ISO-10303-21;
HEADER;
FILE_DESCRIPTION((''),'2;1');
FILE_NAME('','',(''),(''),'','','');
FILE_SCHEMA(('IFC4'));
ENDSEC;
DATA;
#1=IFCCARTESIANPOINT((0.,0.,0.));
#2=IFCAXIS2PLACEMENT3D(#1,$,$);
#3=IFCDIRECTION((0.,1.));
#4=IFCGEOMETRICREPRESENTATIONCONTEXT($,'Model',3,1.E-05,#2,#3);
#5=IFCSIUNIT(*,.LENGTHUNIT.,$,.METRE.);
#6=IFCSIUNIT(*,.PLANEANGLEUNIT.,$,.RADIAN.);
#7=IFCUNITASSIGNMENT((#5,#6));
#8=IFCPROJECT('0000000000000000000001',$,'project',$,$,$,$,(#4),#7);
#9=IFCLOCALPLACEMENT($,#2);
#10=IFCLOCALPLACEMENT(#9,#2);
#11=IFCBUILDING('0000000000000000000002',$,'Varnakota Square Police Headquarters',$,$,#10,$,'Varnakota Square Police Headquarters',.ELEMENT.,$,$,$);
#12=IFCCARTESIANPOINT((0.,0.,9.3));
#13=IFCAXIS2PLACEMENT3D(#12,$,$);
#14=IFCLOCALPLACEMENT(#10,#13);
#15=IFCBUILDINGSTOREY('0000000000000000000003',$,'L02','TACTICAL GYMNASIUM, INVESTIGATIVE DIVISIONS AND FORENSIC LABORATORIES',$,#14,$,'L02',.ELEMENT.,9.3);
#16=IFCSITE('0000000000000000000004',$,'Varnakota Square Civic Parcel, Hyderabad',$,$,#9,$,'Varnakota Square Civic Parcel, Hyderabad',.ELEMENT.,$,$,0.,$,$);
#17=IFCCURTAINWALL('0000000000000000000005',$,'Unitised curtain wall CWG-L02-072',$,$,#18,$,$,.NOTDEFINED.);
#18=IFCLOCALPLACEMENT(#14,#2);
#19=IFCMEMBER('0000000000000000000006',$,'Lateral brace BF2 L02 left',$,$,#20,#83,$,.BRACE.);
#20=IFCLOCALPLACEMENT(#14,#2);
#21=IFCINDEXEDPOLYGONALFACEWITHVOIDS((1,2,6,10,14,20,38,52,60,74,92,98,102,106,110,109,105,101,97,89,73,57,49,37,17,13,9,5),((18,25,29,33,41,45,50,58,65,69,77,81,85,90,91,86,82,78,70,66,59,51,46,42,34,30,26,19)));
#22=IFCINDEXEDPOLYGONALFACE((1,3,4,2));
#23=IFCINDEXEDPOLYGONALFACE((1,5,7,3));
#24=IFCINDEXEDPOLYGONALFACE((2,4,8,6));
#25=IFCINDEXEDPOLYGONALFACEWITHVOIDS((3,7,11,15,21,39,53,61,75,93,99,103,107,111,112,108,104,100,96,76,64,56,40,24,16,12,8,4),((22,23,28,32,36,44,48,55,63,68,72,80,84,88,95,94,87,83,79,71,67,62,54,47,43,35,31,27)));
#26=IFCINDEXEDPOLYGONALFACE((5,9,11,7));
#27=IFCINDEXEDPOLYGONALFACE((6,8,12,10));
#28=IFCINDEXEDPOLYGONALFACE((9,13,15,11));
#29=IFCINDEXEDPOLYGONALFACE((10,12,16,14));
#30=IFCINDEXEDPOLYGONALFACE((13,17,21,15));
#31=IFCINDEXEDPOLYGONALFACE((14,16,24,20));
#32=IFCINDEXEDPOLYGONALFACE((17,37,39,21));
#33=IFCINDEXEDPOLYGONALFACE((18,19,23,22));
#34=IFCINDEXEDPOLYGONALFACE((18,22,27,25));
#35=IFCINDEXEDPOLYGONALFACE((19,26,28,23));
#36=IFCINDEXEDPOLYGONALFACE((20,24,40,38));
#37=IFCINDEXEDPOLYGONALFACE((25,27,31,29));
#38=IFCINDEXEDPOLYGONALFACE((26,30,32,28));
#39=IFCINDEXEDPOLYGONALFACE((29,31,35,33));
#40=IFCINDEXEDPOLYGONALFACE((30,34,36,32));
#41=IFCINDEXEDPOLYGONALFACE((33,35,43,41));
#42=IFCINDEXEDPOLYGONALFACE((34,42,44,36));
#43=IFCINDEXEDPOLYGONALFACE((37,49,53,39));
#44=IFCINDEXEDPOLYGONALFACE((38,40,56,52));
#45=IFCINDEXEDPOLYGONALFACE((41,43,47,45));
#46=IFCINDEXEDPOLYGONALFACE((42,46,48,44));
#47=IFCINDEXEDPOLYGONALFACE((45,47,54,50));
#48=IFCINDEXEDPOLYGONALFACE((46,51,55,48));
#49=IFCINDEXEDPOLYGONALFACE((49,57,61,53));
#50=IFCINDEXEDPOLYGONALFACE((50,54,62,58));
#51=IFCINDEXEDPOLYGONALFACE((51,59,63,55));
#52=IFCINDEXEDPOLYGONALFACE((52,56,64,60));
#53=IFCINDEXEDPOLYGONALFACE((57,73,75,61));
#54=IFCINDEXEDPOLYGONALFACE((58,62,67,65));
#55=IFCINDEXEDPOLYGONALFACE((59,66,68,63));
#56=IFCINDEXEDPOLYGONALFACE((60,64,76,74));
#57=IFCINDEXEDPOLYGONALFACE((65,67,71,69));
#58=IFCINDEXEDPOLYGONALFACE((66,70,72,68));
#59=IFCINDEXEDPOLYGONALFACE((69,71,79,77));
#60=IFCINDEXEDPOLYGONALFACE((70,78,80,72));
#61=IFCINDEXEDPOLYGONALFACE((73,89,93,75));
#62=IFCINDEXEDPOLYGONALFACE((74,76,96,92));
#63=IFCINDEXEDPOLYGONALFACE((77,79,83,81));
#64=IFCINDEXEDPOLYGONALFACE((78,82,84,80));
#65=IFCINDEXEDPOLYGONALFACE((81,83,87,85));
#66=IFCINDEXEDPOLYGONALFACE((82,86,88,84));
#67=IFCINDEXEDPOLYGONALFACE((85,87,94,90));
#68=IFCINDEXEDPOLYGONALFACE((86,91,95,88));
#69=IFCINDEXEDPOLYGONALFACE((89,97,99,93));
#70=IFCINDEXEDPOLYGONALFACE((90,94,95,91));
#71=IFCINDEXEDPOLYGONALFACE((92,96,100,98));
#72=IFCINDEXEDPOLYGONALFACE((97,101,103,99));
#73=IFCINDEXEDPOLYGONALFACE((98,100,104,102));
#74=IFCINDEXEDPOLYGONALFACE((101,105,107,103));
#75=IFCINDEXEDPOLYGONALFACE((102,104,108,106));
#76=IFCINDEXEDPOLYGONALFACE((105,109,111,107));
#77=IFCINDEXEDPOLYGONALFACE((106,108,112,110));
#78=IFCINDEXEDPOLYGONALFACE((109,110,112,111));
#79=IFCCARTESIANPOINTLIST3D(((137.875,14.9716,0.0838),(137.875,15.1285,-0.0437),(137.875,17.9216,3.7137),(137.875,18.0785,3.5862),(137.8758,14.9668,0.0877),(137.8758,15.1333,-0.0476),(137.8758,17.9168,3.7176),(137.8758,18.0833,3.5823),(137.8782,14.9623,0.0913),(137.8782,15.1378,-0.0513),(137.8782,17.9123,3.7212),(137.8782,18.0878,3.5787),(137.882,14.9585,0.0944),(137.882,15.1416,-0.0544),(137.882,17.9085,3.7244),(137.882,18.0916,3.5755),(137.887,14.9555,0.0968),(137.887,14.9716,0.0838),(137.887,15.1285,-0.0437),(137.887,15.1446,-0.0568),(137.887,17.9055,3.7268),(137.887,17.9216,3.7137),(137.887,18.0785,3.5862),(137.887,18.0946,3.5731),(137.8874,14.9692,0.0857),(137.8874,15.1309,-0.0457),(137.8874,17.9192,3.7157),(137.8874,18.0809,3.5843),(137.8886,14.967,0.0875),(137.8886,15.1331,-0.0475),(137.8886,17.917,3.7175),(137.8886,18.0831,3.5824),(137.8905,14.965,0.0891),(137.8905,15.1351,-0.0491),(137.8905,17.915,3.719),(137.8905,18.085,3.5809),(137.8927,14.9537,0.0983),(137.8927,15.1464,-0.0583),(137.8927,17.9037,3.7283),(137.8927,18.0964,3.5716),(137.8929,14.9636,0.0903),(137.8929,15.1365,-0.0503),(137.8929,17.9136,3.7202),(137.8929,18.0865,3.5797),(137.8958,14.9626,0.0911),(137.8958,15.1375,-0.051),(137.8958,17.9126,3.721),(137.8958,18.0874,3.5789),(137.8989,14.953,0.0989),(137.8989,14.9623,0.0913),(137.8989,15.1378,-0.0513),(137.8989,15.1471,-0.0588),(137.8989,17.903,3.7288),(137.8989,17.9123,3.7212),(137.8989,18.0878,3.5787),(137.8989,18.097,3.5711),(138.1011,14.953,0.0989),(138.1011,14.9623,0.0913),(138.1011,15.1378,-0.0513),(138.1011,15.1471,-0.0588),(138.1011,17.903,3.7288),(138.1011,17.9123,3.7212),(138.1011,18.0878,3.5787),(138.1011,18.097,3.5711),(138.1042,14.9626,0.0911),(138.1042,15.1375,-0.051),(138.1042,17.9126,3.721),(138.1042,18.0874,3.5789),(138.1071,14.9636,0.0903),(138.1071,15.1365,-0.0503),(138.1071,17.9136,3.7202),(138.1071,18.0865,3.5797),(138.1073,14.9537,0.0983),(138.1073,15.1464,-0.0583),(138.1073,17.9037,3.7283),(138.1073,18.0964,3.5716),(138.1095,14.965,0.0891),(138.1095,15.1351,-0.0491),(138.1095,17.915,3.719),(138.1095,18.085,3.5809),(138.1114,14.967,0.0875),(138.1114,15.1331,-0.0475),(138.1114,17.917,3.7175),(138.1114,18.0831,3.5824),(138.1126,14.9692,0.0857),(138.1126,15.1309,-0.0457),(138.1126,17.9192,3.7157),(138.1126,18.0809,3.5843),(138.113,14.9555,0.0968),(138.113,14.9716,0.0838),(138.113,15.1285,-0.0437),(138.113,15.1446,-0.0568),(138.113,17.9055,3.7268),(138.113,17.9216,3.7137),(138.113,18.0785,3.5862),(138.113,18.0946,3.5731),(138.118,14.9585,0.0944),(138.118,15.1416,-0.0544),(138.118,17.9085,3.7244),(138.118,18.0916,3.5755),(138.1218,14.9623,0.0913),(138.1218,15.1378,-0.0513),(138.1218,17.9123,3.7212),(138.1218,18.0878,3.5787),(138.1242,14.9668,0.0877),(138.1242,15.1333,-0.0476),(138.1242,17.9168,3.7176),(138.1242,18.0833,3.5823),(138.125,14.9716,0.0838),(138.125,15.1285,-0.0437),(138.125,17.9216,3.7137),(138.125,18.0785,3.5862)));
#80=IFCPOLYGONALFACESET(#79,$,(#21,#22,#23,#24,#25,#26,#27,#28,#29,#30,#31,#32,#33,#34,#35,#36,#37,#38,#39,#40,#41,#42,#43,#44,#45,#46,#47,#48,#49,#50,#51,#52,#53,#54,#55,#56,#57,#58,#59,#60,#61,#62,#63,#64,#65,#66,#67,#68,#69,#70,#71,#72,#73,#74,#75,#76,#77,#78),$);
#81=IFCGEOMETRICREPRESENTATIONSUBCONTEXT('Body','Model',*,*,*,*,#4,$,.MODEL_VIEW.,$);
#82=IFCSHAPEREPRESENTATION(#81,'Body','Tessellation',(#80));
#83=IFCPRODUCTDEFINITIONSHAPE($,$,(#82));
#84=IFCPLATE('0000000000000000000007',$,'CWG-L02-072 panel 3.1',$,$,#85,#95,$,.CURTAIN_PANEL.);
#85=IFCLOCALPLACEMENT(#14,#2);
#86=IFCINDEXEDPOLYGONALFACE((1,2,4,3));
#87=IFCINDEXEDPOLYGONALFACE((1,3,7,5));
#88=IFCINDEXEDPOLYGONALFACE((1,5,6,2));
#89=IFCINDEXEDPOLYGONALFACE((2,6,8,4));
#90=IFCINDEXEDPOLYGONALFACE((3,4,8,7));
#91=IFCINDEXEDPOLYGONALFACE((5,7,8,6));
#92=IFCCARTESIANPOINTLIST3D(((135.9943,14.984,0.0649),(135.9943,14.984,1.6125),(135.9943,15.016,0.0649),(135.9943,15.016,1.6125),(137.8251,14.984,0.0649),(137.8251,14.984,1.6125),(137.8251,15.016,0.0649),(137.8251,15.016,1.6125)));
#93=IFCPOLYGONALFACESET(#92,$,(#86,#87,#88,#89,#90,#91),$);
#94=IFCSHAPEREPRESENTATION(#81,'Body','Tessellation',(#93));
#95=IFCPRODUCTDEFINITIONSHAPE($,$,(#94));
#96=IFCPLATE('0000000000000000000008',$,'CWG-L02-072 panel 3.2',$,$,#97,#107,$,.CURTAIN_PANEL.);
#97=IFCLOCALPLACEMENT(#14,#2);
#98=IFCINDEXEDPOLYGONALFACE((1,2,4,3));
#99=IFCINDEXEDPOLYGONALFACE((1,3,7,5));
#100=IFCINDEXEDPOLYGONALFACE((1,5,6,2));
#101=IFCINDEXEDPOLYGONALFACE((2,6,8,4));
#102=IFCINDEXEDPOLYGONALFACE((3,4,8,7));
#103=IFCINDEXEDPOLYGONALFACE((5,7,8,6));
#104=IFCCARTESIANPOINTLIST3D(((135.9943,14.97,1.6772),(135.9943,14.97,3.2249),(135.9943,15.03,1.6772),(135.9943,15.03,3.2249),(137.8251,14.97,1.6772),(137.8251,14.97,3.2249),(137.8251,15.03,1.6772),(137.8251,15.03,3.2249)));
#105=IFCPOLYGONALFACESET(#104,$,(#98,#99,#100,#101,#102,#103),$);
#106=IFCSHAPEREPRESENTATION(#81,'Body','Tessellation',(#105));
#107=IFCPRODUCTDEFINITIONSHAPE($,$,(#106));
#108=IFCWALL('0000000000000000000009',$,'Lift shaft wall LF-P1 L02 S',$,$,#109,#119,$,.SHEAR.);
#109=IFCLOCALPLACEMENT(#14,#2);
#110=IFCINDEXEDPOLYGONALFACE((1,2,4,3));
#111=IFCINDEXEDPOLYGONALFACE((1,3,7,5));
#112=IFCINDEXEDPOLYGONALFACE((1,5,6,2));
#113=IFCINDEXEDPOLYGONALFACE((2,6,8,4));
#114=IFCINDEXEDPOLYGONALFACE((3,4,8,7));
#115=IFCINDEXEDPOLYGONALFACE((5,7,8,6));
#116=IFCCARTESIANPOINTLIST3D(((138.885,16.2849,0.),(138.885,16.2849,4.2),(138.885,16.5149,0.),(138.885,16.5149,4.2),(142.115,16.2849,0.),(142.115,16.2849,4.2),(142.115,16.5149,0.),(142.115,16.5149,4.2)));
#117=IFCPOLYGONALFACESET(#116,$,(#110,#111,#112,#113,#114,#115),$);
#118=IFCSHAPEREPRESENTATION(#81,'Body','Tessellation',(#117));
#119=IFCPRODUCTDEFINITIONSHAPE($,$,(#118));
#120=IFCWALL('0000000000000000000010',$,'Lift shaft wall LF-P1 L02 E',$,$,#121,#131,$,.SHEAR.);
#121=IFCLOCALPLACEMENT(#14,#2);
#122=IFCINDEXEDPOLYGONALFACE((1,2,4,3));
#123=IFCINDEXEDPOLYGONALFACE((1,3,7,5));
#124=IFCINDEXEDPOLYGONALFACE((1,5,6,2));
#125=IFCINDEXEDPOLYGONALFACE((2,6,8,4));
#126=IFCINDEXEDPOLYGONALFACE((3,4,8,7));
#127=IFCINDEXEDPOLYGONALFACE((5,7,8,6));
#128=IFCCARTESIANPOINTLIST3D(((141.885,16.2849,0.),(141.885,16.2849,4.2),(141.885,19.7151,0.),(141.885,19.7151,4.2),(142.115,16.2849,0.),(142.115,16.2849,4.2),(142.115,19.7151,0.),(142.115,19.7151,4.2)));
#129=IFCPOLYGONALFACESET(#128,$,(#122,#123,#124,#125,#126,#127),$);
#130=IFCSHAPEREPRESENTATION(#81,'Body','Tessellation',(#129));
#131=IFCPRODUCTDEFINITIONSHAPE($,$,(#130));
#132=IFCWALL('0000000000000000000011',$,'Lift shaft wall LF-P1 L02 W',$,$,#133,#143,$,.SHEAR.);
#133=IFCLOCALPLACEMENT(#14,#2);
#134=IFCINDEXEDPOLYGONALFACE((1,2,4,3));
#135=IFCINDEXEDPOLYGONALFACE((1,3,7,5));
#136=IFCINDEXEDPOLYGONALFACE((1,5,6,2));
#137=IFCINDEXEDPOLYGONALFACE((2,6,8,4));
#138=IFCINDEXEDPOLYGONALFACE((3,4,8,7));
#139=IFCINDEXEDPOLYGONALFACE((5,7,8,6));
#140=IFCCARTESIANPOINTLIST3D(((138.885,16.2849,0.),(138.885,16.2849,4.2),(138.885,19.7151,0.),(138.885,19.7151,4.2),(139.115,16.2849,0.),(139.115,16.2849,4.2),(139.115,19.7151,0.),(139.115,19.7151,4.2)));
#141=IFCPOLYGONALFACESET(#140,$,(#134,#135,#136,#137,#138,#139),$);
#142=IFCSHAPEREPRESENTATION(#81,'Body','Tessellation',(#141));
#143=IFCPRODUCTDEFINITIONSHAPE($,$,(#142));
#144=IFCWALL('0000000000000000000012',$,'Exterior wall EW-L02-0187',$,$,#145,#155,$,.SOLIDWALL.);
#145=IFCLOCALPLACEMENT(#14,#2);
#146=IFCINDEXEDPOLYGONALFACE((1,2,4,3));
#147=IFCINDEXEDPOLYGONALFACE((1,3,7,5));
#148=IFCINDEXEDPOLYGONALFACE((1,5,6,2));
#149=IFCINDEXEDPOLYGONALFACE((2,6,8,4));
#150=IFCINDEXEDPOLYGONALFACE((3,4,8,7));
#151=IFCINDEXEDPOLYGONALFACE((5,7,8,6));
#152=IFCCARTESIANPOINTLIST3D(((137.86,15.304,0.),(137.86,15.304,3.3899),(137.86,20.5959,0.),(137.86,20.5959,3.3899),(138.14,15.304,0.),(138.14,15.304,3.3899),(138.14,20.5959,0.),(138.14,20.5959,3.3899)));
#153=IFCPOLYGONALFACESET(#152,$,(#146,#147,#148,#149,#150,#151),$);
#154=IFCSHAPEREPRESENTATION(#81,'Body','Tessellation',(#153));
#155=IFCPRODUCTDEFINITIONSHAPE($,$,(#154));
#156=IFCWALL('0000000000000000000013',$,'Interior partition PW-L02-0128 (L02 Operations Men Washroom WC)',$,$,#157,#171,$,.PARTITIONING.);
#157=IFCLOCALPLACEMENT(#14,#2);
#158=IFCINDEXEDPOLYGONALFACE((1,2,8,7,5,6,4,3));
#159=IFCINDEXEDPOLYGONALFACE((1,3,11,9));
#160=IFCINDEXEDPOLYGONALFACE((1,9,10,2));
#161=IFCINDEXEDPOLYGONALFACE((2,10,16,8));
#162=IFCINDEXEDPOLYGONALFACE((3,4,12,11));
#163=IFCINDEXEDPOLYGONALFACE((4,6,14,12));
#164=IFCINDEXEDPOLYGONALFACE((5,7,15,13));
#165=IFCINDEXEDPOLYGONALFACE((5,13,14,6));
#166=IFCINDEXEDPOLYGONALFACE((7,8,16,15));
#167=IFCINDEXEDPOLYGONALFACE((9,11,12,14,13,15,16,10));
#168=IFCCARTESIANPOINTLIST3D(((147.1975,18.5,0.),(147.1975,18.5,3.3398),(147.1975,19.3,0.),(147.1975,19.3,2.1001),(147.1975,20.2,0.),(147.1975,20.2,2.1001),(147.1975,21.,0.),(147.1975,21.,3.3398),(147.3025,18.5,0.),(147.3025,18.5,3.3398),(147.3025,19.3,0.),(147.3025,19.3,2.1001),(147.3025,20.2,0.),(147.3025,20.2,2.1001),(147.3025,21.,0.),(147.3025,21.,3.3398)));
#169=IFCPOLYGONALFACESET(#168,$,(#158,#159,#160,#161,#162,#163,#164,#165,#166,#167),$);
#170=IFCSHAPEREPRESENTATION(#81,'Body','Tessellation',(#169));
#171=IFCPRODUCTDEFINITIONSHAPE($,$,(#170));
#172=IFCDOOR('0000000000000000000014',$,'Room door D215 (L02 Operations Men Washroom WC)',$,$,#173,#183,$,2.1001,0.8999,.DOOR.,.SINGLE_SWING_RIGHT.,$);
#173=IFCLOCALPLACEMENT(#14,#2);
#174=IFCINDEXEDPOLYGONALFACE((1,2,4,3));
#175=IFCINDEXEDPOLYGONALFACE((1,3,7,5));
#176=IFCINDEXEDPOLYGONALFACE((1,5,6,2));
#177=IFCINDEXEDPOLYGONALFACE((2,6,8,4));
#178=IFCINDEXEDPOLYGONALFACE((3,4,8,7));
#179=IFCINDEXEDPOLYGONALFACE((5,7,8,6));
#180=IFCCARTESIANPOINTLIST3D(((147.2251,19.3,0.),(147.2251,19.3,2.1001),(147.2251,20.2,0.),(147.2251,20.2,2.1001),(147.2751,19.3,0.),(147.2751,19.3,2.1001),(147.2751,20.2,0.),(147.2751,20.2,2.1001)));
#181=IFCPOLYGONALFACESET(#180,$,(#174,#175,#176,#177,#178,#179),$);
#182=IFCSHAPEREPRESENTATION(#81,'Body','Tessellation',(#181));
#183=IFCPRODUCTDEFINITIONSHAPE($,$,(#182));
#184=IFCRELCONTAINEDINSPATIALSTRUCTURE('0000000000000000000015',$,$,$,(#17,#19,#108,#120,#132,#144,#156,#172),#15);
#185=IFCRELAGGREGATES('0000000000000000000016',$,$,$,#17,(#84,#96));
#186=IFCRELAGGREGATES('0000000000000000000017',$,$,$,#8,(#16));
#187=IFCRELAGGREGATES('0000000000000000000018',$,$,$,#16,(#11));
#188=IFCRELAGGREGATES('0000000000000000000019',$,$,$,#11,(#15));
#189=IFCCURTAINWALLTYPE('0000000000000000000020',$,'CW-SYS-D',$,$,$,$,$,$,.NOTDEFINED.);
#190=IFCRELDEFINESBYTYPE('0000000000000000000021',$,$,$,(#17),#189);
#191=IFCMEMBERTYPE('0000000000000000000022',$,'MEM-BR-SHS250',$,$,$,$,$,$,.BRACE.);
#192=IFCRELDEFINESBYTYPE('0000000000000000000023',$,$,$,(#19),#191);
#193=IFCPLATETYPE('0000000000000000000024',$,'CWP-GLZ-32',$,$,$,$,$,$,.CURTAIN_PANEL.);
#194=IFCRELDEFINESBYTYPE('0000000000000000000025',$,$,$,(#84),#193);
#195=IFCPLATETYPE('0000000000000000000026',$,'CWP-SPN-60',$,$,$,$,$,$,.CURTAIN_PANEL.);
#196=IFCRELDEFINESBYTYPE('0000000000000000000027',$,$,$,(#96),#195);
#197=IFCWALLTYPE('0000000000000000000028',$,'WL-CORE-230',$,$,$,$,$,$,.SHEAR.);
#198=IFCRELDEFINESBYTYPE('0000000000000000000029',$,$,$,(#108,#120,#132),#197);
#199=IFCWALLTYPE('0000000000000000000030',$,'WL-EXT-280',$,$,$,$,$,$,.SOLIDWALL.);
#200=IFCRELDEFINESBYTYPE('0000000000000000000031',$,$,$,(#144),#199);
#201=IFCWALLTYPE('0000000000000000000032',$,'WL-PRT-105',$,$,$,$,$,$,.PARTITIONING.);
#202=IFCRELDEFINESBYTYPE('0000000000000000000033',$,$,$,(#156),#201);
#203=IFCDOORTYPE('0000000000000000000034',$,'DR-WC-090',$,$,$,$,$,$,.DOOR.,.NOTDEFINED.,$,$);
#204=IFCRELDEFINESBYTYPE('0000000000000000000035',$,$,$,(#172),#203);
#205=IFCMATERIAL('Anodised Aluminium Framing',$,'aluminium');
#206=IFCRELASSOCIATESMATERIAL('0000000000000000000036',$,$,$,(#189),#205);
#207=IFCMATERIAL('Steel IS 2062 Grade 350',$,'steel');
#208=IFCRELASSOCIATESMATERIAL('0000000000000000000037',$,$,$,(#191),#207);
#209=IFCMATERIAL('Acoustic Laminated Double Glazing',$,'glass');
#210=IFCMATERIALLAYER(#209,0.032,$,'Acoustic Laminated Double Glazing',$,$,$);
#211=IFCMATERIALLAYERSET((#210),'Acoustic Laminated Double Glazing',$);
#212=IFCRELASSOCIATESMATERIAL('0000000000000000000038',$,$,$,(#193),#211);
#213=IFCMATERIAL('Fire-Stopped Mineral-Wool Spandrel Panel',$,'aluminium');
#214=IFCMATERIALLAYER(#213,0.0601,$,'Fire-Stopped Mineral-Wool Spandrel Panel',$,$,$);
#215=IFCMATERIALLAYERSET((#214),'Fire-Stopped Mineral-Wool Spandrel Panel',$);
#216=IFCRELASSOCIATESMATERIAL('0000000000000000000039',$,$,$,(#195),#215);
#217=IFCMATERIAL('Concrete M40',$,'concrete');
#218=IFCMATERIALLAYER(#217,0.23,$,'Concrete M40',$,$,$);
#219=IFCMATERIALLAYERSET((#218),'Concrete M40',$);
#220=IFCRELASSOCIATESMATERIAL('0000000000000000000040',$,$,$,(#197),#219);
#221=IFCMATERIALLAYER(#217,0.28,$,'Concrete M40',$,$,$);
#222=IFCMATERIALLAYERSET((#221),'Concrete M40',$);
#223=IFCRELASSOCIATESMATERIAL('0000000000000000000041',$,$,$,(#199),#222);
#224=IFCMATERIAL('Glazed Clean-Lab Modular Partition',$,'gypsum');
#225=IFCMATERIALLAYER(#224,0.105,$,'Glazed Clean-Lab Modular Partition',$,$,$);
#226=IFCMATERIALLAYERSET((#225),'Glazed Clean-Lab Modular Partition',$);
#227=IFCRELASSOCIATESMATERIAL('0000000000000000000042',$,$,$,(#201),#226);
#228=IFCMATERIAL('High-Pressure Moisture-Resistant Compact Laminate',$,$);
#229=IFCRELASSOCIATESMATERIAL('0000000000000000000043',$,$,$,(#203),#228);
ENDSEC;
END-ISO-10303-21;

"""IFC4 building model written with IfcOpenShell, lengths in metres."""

from ifc_helpers import new_model, si_unit, direction, frame, frame_2d, origin, origin_2d, place, context, subcontext, project, spatial, rectangle, hollow_rectangle, extrude, material, layer, layer_set, material_profile, profile_set, type_object, element, fill, aggregate, save


model = new_model("IFC4")

# Units and contexts
model_context = context("Model", 3, precision=1e-05, world=origin(), true_north=direction((0.0, 1.0)))
body_context = subcontext(model_context, "Body", "Model", "MODEL_VIEW")
ifc_project = project(units=[si_unit("LENGTHUNIT", "METRE"), si_unit("PLANEANGLEUNIT", "RADIAN")], contexts=[model_context])

# Site, building, storey
site_placement = place(None, origin())
site = spatial("IfcSite", under=ifc_project, at=site_placement, Name="Varnakota Square Civic Parcel, Hyderabad", LongName="Varnakota Square Civic Parcel, Hyderabad", CompositionType="ELEMENT", RefElevation=0.0)
building_placement = place(site_placement, origin())
building = spatial("IfcBuilding", under=site, at=building_placement, Name="Varnakota Square Police Headquarters", LongName="Varnakota Square Police Headquarters", CompositionType="ELEMENT")
storey_placement = place(building_placement, frame((0.0, 0.0, 9.3)))
storey = spatial("IfcBuildingStorey", under=building, at=storey_placement, Name="L02", Description="TACTICAL GYMNASIUM, INVESTIGATIVE DIVISIONS AND FORENSIC LABORATORIES", LongName="L02", CompositionType="ELEMENT", Elevation=9.3)

# Shared definitions
ifc_material_1 = material(Name="Steel IS 2062 Grade 350", Category="steel")

# Curtain wall
ifc_material_2 = material(Name="Anodised Aluminium Framing", Category="aluminium")
curtain_wall_type = type_object("IfcCurtainWallType", Name="CW-SYS-D", PredefinedType="NOTDEFINED", material=ifc_material_2)
curtain_wall_placement = place(storey_placement, origin())
curtain_wall = element("IfcCurtainWall", 1, at=curtain_wall_placement, inside=storey, type_object=curtain_wall_type, Name="Unitised curtain wall CWG-L02-072", PredefinedType="NOTDEFINED")

# Member
ifc_material_profile_1 = material_profile(ifc_material_1, hollow_rectangle(XDim=0.25, YDim=0.25, WallThickness=0.012, InnerFilletRadius=0.012, OuterFilletRadius=0.0239, at=origin_2d()), Name="SHS 250x250x12")
ifc_profile_set_1 = profile_set([ifc_material_profile_1], Name="Steel IS 2062 Grade 350")
member_type_1 = type_object("IfcMemberType", Name="MEM-BR-SHS250", PredefinedType="BRACE", material=ifc_profile_set_1)
member_1_placement = place(storey_placement, frame((138.0, 15.05, 0.02), z_axis=(0.0, 0.630679, 0.776044), x_axis=(-1.0, 0.0, 0.0)))
element("IfcMember", 2, at=member_1_placement, inside=storey, type_object=member_type_1, Name="Lateral brace BF2 L02 left", PredefinedType="BRACE", context=body_context, shape_type="SweptSolid", body=[
    extrude(hollow_rectangle(XDim=0.25, YDim=0.25, WallThickness=0.012, InnerFilletRadius=0.012, OuterFilletRadius=0.0239, at=origin_2d()), origin(), (0.0, 0.0, 1.0), 4.6775),
])

# Plates
ifc_material_3 = material(Name="Acoustic Laminated Double Glazing", Category="glass")
ifc_layer_1 = layer(ifc_material_3, 0.032, Name="Acoustic Laminated Double Glazing")
ifc_layer_set_1 = layer_set([ifc_layer_1], Name="Acoustic Laminated Double Glazing")
plate_type_1 = type_object("IfcPlateType", Name="CWP-GLZ-32", PredefinedType="CURTAIN_PANEL", material=ifc_layer_set_1)
plate_1_placement = place(storey_placement, frame((136.9097, 15.0, 0.0649), z_axis=(0.0, 0.0, 1.0), x_axis=(1.0, 0.0, 0.0)))
plate_1 = element("IfcPlate", 3, at=plate_1_placement, type_object=plate_type_1, Name="CWG-L02-072 panel 3.1", PredefinedType="CURTAIN_PANEL", context=body_context, shape_type="SweptSolid", body=[
    extrude(rectangle(XDim=1.8308, YDim=0.032, at=origin_2d()), origin(), (0.0, 0.0, 1.0), 1.5476),
])
ifc_material_4 = material(Name="Fire-Stopped Mineral-Wool Spandrel Panel", Category="aluminium")
ifc_layer_2 = layer(ifc_material_4, 0.0601, Name="Fire-Stopped Mineral-Wool Spandrel Panel")
ifc_layer_set_2 = layer_set([ifc_layer_2], Name="Fire-Stopped Mineral-Wool Spandrel Panel")
plate_type_2 = type_object("IfcPlateType", Name="CWP-SPN-60", PredefinedType="CURTAIN_PANEL", material=ifc_layer_set_2)
plate_2_placement = place(storey_placement, frame((136.9097, 15.0, 1.6772), z_axis=(0.0, 0.0, 1.0), x_axis=(1.0, 0.0, 0.0)))
plate_2 = element("IfcPlate", 4, at=plate_2_placement, type_object=plate_type_2, Name="CWG-L02-072 panel 3.2", PredefinedType="CURTAIN_PANEL", context=body_context, shape_type="SweptSolid", body=[
    extrude(rectangle(XDim=1.8308, YDim=0.0601, at=origin_2d()), origin(), (0.0, 0.0, 1.0), 1.5476),
])
aggregate(curtain_wall, [plate_1, plate_2])

# Walls
ifc_material_5 = material(Name="Concrete M40", Category="concrete")
ifc_layer_3 = layer(ifc_material_5, 0.23, Name="Concrete M40")
ifc_layer_set_3 = layer_set([ifc_layer_3], Name="Concrete M40")
wall_type_1 = type_object("IfcWallType", Name="WL-CORE-230", PredefinedType="SHEAR", material=ifc_layer_set_3)
wall_1_placement = place(storey_placement, frame((138.885, 16.3999, 0.0), z_axis=(0.0, 0.0, 1.0), x_axis=(1.0, 0.0, 0.0)))
element("IfcWall", 5, at=wall_1_placement, inside=storey, type_object=wall_type_1, Name="Lift shaft wall LF-P1 L02 S", PredefinedType="SHEAR", context=body_context, shape_type="SweptSolid", body=[
    extrude(rectangle(XDim=3.23, YDim=0.23, at=frame_2d((1.615, 0.0))), origin(), (0.0, 0.0, 1.0), 4.2),
])
wall_2_placement = place(storey_placement, frame((142.0, 16.2849, 0.0), z_axis=(0.0, 0.0, 1.0), x_axis=(0.0, 1.0, 0.0)))
element("IfcWall", 6, at=wall_2_placement, inside=storey, type_object=wall_type_1, Name="Lift shaft wall LF-P1 L02 E", PredefinedType="SHEAR", context=body_context, shape_type="SweptSolid", body=[
    extrude(rectangle(XDim=3.4302, YDim=0.23, at=frame_2d((1.7151, 0.0))), origin(), (0.0, 0.0, 1.0), 4.2),
])

# Walls
wall_3_placement = place(storey_placement, frame((139.0, 19.7151, 0.0), z_axis=(0.0, 0.0, 1.0), x_axis=(0.0, -1.0, 0.0)))
element("IfcWall", 7, at=wall_3_placement, inside=storey, type_object=wall_type_1, Name="Lift shaft wall LF-P1 L02 W", PredefinedType="SHEAR", context=body_context, shape_type="SweptSolid", body=[
    extrude(rectangle(XDim=3.4302, YDim=0.23, at=frame_2d((1.7151, 0.0))), origin(), (0.0, 0.0, 1.0), 4.2),
])
ifc_layer_4 = layer(ifc_material_5, 0.28, Name="Concrete M40")
ifc_layer_set_4 = layer_set([ifc_layer_4], Name="Concrete M40")
wall_type_2 = type_object("IfcWallType", Name="WL-EXT-280", PredefinedType="SOLIDWALL", material=ifc_layer_set_4)
wall_4_placement = place(storey_placement, frame((138.0, 15.304, 0.0), z_axis=(0.0, 0.0, 1.0), x_axis=(0.0, 1.0, 0.0)))
element("IfcWall", 8, at=wall_4_placement, inside=storey, type_object=wall_type_2, Name="Exterior wall EW-L02-0187", PredefinedType="SOLIDWALL", context=body_context, shape_type="SweptSolid", body=[
    extrude(rectangle(XDim=5.292, YDim=0.28, at=frame_2d((2.646, 0.0))), origin(), (0.0, 0.0, 1.0), 3.3899),
])

# Wall, opening, door
ifc_material_6 = material(Name="Glazed Clean-Lab Modular Partition", Category="gypsum")
ifc_layer_5 = layer(ifc_material_6, 0.105, Name="Glazed Clean-Lab Modular Partition")
ifc_layer_set_5 = layer_set([ifc_layer_5], Name="Glazed Clean-Lab Modular Partition")
wall_type_3 = type_object("IfcWallType", Name="WL-PRT-105", PredefinedType="PARTITIONING", material=ifc_layer_set_5)
wall_5_placement = place(storey_placement, frame((147.25, 18.5, 0.0), z_axis=(0.0, 0.0, 1.0), x_axis=(0.0, 1.0, 0.0)))
wall_5 = element("IfcWall", 9, at=wall_5_placement, inside=storey, type_object=wall_type_3, Name="Interior partition PW-L02-0128 (L02 Operations Men Washroom WC)", PredefinedType="PARTITIONING", context=body_context, shape_type="SweptSolid", body=[
    extrude(rectangle(XDim=2.5, YDim=0.105, at=frame_2d((1.25, 0.0))), origin(), (0.0, 0.0, 1.0), 3.3398),
])
opening_1_placement = place(wall_5_placement, frame((0.8, 0.0, 0.0)))
opening_1 = element("IfcOpeningElement", 10, at=opening_1_placement, cuts=wall_5, PredefinedType="OPENING", context=body_context, shape_type="SweptSolid", body=[
    extrude(rectangle(XDim=0.8999, YDim=2.1001, at=frame_2d((0.45, 1.05))), frame((0.0, 0.0625, 0.0), z_axis=(0.0, -1.0, 0.0), x_axis=(1.0, 0.0, 0.0)), (0.0, 0.0, 1.0), 0.125),
])
ifc_material_7 = material(Name="High-Pressure Moisture-Resistant Compact Laminate")
door_type_1 = type_object("IfcDoorType", Name="DR-WC-090", OperationType="NOTDEFINED", PredefinedType="DOOR", material=ifc_material_7)
door_1_placement = place(opening_1_placement, origin())
door_1 = element("IfcDoor", 11, at=door_1_placement, inside=storey, type_object=door_type_1, Name="Room door D215 (L02 Operations Men Washroom WC)", OperationType="SINGLE_SWING_RIGHT", OverallHeight=2.1001, OverallWidth=0.8999, PredefinedType="DOOR", context=body_context, shape_type="SweptSolid", body=[
    extrude(rectangle(XDim=0.8999, YDim=2.1001, at=frame_2d((0.45, 1.05))), frame((0.0, 0.0249, 0.0), z_axis=(0.0, -1.0, 0.0), x_axis=(1.0, 0.0, 0.0)), (0.0, 0.0, 1.0), 0.05),
])
fill(opening_1, door_1)

save(model, "model.ifc")
